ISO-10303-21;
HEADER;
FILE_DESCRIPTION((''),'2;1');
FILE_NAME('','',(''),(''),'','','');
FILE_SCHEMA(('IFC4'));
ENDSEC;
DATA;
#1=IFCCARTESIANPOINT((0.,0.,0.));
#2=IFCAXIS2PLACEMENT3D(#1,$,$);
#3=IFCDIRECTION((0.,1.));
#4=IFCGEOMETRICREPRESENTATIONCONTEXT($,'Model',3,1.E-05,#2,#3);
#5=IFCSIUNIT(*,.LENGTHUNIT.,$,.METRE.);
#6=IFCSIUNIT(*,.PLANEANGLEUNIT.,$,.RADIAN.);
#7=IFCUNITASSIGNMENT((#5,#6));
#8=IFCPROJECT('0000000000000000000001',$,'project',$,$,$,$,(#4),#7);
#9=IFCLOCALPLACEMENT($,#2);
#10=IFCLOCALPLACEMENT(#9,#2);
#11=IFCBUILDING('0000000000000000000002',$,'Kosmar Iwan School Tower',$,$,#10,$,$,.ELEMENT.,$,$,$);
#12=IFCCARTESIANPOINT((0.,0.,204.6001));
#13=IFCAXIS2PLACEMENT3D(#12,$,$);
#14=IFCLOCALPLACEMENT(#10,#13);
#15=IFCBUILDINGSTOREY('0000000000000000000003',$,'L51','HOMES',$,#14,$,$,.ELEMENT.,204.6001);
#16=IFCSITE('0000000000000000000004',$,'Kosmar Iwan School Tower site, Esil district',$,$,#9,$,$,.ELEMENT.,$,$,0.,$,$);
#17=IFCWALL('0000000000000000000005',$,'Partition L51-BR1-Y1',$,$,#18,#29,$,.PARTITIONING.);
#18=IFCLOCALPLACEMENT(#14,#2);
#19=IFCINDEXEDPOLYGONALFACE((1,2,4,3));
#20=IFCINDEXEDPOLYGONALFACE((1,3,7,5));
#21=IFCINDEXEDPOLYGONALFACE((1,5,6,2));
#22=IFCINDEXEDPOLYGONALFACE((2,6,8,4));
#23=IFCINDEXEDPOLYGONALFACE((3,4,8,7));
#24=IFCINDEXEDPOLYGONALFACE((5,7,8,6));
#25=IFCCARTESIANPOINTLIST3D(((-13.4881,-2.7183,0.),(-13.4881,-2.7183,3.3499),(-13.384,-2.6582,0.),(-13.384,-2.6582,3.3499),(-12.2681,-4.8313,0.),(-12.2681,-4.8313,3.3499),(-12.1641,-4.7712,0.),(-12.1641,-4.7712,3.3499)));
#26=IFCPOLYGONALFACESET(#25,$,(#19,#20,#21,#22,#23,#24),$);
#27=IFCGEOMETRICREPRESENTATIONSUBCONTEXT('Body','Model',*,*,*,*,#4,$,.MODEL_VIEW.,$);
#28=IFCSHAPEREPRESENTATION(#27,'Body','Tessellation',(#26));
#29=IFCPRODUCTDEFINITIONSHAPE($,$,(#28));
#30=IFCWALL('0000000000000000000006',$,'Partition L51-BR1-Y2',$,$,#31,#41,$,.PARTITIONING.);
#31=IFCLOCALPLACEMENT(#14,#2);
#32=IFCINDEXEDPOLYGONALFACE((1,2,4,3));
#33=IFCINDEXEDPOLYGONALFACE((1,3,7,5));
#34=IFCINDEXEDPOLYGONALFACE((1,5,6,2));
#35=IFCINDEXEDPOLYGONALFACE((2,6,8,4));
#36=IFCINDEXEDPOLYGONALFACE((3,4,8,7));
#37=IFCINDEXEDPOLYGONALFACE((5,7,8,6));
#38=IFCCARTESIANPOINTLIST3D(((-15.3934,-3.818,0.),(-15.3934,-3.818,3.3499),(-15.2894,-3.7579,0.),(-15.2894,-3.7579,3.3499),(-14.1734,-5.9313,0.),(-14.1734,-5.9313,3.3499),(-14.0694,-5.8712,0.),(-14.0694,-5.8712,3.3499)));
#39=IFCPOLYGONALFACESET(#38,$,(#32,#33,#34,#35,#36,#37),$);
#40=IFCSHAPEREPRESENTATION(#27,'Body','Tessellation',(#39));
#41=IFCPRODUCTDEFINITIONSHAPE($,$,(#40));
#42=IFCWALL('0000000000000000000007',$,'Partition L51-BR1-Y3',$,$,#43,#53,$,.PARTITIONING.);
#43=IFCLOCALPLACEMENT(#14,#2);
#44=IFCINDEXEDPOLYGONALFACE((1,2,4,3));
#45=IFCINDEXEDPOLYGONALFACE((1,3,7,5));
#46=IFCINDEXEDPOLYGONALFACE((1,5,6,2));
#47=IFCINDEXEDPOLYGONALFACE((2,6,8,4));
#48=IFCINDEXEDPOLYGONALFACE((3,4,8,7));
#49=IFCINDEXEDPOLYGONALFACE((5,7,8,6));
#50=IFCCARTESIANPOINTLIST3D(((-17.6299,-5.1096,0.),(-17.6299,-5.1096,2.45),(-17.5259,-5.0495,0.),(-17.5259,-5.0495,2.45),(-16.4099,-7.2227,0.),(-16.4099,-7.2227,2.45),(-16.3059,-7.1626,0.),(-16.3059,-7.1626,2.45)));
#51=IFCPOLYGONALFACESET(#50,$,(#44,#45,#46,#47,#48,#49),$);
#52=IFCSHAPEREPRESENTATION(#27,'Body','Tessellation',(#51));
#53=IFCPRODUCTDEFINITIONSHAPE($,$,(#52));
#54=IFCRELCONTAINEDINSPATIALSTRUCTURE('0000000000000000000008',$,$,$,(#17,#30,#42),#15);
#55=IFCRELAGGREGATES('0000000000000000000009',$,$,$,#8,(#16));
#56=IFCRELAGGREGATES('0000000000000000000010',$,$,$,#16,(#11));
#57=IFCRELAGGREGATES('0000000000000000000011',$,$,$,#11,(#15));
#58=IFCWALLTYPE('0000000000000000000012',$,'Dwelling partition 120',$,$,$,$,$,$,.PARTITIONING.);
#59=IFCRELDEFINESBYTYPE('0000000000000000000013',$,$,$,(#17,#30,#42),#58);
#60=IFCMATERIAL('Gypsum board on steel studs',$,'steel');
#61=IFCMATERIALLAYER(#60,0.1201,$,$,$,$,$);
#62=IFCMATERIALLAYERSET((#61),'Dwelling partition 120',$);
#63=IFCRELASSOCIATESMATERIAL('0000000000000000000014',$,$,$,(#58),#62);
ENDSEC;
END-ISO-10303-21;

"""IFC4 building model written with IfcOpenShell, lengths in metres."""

from ifc_helpers import new_model, si_unit, direction, frame, frame_2d, origin, place, context, subcontext, project, spatial, rectangle, extrude, material, layer, layer_set, type_object, element, save


model = new_model("IFC4")

# Units and contexts
model_context = context("Model", 3, precision=1e-05, world=origin(), true_north=direction((0.0, 1.0)))
body_context = subcontext(model_context, "Body", "Model", "MODEL_VIEW")
ifc_project = project(units=[si_unit("LENGTHUNIT", "METRE"), si_unit("PLANEANGLEUNIT", "RADIAN")], contexts=[model_context])

# Site, building, storey
site_placement = place(None, origin())
site = spatial("IfcSite", under=ifc_project, at=site_placement, Name="Kosmar Iwan School Tower site, Esil district", CompositionType="ELEMENT", RefElevation=0.0)
building_placement = place(site_placement, origin())
building = spatial("IfcBuilding", under=site, at=building_placement, Name="Kosmar Iwan School Tower", CompositionType="ELEMENT")
storey_placement = place(building_placement, frame((0.0, 0.0, 204.6001)))
storey = spatial("IfcBuildingStorey", under=building, at=storey_placement, Name="L51", Description="HOMES", CompositionType="ELEMENT", Elevation=204.6001)

# Shared definitions
ifc_material_1 = material(Name="Gypsum board on steel studs", Category="steel")
ifc_layer_1 = layer(ifc_material_1, 0.1201)
ifc_layer_set_1 = layer_set([ifc_layer_1], Name="Dwelling partition 120")
wall_type_1 = type_object("IfcWallType", Name="Dwelling partition 120", PredefinedType="PARTITIONING", material=ifc_layer_set_1)

# Walls
wall_1_placement = place(storey_placement, frame((-12.2161, -4.8013, 0.0), z_axis=(0.0, 0.0, 1.0), x_axis=(-0.500003, 0.866024, 0.0)))
element("IfcWall", 1, at=wall_1_placement, inside=storey, type_object=wall_type_1, Name="Partition L51-BR1-Y1", PredefinedType="PARTITIONING", context=body_context, shape_type="SweptSolid", body=[
    extrude(rectangle(XDim=2.4399, YDim=0.1201, at=frame_2d((1.22, 0.0))), origin(), (0.0, 0.0, 1.0), 3.3499),
])
wall_2_placement = place(storey_placement, frame((-14.1213, -5.9014, 0.0), z_axis=(0.0, 0.0, 1.0), x_axis=(-0.499959, 0.866049, 0.0)))
element("IfcWall", 2, at=wall_2_placement, inside=storey, type_object=wall_type_1, Name="Partition L51-BR1-Y2", PredefinedType="PARTITIONING", context=body_context, shape_type="SweptSolid", body=[
    extrude(rectangle(XDim=2.4402, YDim=0.1201, at=frame_2d((1.2202, 0.0))), origin(), (0.0, 0.0, 1.0), 3.3499),
])
wall_3_placement = place(storey_placement, frame((-16.3579, -7.1926, 0.0), z_axis=(0.0, 0.0, 1.0), x_axis=(-0.500003, 0.866024, 0.0)))
element("IfcWall", 3, at=wall_3_placement, inside=storey, type_object=wall_type_1, Name="Partition L51-BR1-Y3", PredefinedType="PARTITIONING", context=body_context, shape_type="SweptSolid", body=[
    extrude(rectangle(XDim=2.4399, YDim=0.1201, at=frame_2d((1.22, 0.0))), origin(), (0.0, 0.0, 1.0), 2.45),
])

save(model, "model.ifc")
